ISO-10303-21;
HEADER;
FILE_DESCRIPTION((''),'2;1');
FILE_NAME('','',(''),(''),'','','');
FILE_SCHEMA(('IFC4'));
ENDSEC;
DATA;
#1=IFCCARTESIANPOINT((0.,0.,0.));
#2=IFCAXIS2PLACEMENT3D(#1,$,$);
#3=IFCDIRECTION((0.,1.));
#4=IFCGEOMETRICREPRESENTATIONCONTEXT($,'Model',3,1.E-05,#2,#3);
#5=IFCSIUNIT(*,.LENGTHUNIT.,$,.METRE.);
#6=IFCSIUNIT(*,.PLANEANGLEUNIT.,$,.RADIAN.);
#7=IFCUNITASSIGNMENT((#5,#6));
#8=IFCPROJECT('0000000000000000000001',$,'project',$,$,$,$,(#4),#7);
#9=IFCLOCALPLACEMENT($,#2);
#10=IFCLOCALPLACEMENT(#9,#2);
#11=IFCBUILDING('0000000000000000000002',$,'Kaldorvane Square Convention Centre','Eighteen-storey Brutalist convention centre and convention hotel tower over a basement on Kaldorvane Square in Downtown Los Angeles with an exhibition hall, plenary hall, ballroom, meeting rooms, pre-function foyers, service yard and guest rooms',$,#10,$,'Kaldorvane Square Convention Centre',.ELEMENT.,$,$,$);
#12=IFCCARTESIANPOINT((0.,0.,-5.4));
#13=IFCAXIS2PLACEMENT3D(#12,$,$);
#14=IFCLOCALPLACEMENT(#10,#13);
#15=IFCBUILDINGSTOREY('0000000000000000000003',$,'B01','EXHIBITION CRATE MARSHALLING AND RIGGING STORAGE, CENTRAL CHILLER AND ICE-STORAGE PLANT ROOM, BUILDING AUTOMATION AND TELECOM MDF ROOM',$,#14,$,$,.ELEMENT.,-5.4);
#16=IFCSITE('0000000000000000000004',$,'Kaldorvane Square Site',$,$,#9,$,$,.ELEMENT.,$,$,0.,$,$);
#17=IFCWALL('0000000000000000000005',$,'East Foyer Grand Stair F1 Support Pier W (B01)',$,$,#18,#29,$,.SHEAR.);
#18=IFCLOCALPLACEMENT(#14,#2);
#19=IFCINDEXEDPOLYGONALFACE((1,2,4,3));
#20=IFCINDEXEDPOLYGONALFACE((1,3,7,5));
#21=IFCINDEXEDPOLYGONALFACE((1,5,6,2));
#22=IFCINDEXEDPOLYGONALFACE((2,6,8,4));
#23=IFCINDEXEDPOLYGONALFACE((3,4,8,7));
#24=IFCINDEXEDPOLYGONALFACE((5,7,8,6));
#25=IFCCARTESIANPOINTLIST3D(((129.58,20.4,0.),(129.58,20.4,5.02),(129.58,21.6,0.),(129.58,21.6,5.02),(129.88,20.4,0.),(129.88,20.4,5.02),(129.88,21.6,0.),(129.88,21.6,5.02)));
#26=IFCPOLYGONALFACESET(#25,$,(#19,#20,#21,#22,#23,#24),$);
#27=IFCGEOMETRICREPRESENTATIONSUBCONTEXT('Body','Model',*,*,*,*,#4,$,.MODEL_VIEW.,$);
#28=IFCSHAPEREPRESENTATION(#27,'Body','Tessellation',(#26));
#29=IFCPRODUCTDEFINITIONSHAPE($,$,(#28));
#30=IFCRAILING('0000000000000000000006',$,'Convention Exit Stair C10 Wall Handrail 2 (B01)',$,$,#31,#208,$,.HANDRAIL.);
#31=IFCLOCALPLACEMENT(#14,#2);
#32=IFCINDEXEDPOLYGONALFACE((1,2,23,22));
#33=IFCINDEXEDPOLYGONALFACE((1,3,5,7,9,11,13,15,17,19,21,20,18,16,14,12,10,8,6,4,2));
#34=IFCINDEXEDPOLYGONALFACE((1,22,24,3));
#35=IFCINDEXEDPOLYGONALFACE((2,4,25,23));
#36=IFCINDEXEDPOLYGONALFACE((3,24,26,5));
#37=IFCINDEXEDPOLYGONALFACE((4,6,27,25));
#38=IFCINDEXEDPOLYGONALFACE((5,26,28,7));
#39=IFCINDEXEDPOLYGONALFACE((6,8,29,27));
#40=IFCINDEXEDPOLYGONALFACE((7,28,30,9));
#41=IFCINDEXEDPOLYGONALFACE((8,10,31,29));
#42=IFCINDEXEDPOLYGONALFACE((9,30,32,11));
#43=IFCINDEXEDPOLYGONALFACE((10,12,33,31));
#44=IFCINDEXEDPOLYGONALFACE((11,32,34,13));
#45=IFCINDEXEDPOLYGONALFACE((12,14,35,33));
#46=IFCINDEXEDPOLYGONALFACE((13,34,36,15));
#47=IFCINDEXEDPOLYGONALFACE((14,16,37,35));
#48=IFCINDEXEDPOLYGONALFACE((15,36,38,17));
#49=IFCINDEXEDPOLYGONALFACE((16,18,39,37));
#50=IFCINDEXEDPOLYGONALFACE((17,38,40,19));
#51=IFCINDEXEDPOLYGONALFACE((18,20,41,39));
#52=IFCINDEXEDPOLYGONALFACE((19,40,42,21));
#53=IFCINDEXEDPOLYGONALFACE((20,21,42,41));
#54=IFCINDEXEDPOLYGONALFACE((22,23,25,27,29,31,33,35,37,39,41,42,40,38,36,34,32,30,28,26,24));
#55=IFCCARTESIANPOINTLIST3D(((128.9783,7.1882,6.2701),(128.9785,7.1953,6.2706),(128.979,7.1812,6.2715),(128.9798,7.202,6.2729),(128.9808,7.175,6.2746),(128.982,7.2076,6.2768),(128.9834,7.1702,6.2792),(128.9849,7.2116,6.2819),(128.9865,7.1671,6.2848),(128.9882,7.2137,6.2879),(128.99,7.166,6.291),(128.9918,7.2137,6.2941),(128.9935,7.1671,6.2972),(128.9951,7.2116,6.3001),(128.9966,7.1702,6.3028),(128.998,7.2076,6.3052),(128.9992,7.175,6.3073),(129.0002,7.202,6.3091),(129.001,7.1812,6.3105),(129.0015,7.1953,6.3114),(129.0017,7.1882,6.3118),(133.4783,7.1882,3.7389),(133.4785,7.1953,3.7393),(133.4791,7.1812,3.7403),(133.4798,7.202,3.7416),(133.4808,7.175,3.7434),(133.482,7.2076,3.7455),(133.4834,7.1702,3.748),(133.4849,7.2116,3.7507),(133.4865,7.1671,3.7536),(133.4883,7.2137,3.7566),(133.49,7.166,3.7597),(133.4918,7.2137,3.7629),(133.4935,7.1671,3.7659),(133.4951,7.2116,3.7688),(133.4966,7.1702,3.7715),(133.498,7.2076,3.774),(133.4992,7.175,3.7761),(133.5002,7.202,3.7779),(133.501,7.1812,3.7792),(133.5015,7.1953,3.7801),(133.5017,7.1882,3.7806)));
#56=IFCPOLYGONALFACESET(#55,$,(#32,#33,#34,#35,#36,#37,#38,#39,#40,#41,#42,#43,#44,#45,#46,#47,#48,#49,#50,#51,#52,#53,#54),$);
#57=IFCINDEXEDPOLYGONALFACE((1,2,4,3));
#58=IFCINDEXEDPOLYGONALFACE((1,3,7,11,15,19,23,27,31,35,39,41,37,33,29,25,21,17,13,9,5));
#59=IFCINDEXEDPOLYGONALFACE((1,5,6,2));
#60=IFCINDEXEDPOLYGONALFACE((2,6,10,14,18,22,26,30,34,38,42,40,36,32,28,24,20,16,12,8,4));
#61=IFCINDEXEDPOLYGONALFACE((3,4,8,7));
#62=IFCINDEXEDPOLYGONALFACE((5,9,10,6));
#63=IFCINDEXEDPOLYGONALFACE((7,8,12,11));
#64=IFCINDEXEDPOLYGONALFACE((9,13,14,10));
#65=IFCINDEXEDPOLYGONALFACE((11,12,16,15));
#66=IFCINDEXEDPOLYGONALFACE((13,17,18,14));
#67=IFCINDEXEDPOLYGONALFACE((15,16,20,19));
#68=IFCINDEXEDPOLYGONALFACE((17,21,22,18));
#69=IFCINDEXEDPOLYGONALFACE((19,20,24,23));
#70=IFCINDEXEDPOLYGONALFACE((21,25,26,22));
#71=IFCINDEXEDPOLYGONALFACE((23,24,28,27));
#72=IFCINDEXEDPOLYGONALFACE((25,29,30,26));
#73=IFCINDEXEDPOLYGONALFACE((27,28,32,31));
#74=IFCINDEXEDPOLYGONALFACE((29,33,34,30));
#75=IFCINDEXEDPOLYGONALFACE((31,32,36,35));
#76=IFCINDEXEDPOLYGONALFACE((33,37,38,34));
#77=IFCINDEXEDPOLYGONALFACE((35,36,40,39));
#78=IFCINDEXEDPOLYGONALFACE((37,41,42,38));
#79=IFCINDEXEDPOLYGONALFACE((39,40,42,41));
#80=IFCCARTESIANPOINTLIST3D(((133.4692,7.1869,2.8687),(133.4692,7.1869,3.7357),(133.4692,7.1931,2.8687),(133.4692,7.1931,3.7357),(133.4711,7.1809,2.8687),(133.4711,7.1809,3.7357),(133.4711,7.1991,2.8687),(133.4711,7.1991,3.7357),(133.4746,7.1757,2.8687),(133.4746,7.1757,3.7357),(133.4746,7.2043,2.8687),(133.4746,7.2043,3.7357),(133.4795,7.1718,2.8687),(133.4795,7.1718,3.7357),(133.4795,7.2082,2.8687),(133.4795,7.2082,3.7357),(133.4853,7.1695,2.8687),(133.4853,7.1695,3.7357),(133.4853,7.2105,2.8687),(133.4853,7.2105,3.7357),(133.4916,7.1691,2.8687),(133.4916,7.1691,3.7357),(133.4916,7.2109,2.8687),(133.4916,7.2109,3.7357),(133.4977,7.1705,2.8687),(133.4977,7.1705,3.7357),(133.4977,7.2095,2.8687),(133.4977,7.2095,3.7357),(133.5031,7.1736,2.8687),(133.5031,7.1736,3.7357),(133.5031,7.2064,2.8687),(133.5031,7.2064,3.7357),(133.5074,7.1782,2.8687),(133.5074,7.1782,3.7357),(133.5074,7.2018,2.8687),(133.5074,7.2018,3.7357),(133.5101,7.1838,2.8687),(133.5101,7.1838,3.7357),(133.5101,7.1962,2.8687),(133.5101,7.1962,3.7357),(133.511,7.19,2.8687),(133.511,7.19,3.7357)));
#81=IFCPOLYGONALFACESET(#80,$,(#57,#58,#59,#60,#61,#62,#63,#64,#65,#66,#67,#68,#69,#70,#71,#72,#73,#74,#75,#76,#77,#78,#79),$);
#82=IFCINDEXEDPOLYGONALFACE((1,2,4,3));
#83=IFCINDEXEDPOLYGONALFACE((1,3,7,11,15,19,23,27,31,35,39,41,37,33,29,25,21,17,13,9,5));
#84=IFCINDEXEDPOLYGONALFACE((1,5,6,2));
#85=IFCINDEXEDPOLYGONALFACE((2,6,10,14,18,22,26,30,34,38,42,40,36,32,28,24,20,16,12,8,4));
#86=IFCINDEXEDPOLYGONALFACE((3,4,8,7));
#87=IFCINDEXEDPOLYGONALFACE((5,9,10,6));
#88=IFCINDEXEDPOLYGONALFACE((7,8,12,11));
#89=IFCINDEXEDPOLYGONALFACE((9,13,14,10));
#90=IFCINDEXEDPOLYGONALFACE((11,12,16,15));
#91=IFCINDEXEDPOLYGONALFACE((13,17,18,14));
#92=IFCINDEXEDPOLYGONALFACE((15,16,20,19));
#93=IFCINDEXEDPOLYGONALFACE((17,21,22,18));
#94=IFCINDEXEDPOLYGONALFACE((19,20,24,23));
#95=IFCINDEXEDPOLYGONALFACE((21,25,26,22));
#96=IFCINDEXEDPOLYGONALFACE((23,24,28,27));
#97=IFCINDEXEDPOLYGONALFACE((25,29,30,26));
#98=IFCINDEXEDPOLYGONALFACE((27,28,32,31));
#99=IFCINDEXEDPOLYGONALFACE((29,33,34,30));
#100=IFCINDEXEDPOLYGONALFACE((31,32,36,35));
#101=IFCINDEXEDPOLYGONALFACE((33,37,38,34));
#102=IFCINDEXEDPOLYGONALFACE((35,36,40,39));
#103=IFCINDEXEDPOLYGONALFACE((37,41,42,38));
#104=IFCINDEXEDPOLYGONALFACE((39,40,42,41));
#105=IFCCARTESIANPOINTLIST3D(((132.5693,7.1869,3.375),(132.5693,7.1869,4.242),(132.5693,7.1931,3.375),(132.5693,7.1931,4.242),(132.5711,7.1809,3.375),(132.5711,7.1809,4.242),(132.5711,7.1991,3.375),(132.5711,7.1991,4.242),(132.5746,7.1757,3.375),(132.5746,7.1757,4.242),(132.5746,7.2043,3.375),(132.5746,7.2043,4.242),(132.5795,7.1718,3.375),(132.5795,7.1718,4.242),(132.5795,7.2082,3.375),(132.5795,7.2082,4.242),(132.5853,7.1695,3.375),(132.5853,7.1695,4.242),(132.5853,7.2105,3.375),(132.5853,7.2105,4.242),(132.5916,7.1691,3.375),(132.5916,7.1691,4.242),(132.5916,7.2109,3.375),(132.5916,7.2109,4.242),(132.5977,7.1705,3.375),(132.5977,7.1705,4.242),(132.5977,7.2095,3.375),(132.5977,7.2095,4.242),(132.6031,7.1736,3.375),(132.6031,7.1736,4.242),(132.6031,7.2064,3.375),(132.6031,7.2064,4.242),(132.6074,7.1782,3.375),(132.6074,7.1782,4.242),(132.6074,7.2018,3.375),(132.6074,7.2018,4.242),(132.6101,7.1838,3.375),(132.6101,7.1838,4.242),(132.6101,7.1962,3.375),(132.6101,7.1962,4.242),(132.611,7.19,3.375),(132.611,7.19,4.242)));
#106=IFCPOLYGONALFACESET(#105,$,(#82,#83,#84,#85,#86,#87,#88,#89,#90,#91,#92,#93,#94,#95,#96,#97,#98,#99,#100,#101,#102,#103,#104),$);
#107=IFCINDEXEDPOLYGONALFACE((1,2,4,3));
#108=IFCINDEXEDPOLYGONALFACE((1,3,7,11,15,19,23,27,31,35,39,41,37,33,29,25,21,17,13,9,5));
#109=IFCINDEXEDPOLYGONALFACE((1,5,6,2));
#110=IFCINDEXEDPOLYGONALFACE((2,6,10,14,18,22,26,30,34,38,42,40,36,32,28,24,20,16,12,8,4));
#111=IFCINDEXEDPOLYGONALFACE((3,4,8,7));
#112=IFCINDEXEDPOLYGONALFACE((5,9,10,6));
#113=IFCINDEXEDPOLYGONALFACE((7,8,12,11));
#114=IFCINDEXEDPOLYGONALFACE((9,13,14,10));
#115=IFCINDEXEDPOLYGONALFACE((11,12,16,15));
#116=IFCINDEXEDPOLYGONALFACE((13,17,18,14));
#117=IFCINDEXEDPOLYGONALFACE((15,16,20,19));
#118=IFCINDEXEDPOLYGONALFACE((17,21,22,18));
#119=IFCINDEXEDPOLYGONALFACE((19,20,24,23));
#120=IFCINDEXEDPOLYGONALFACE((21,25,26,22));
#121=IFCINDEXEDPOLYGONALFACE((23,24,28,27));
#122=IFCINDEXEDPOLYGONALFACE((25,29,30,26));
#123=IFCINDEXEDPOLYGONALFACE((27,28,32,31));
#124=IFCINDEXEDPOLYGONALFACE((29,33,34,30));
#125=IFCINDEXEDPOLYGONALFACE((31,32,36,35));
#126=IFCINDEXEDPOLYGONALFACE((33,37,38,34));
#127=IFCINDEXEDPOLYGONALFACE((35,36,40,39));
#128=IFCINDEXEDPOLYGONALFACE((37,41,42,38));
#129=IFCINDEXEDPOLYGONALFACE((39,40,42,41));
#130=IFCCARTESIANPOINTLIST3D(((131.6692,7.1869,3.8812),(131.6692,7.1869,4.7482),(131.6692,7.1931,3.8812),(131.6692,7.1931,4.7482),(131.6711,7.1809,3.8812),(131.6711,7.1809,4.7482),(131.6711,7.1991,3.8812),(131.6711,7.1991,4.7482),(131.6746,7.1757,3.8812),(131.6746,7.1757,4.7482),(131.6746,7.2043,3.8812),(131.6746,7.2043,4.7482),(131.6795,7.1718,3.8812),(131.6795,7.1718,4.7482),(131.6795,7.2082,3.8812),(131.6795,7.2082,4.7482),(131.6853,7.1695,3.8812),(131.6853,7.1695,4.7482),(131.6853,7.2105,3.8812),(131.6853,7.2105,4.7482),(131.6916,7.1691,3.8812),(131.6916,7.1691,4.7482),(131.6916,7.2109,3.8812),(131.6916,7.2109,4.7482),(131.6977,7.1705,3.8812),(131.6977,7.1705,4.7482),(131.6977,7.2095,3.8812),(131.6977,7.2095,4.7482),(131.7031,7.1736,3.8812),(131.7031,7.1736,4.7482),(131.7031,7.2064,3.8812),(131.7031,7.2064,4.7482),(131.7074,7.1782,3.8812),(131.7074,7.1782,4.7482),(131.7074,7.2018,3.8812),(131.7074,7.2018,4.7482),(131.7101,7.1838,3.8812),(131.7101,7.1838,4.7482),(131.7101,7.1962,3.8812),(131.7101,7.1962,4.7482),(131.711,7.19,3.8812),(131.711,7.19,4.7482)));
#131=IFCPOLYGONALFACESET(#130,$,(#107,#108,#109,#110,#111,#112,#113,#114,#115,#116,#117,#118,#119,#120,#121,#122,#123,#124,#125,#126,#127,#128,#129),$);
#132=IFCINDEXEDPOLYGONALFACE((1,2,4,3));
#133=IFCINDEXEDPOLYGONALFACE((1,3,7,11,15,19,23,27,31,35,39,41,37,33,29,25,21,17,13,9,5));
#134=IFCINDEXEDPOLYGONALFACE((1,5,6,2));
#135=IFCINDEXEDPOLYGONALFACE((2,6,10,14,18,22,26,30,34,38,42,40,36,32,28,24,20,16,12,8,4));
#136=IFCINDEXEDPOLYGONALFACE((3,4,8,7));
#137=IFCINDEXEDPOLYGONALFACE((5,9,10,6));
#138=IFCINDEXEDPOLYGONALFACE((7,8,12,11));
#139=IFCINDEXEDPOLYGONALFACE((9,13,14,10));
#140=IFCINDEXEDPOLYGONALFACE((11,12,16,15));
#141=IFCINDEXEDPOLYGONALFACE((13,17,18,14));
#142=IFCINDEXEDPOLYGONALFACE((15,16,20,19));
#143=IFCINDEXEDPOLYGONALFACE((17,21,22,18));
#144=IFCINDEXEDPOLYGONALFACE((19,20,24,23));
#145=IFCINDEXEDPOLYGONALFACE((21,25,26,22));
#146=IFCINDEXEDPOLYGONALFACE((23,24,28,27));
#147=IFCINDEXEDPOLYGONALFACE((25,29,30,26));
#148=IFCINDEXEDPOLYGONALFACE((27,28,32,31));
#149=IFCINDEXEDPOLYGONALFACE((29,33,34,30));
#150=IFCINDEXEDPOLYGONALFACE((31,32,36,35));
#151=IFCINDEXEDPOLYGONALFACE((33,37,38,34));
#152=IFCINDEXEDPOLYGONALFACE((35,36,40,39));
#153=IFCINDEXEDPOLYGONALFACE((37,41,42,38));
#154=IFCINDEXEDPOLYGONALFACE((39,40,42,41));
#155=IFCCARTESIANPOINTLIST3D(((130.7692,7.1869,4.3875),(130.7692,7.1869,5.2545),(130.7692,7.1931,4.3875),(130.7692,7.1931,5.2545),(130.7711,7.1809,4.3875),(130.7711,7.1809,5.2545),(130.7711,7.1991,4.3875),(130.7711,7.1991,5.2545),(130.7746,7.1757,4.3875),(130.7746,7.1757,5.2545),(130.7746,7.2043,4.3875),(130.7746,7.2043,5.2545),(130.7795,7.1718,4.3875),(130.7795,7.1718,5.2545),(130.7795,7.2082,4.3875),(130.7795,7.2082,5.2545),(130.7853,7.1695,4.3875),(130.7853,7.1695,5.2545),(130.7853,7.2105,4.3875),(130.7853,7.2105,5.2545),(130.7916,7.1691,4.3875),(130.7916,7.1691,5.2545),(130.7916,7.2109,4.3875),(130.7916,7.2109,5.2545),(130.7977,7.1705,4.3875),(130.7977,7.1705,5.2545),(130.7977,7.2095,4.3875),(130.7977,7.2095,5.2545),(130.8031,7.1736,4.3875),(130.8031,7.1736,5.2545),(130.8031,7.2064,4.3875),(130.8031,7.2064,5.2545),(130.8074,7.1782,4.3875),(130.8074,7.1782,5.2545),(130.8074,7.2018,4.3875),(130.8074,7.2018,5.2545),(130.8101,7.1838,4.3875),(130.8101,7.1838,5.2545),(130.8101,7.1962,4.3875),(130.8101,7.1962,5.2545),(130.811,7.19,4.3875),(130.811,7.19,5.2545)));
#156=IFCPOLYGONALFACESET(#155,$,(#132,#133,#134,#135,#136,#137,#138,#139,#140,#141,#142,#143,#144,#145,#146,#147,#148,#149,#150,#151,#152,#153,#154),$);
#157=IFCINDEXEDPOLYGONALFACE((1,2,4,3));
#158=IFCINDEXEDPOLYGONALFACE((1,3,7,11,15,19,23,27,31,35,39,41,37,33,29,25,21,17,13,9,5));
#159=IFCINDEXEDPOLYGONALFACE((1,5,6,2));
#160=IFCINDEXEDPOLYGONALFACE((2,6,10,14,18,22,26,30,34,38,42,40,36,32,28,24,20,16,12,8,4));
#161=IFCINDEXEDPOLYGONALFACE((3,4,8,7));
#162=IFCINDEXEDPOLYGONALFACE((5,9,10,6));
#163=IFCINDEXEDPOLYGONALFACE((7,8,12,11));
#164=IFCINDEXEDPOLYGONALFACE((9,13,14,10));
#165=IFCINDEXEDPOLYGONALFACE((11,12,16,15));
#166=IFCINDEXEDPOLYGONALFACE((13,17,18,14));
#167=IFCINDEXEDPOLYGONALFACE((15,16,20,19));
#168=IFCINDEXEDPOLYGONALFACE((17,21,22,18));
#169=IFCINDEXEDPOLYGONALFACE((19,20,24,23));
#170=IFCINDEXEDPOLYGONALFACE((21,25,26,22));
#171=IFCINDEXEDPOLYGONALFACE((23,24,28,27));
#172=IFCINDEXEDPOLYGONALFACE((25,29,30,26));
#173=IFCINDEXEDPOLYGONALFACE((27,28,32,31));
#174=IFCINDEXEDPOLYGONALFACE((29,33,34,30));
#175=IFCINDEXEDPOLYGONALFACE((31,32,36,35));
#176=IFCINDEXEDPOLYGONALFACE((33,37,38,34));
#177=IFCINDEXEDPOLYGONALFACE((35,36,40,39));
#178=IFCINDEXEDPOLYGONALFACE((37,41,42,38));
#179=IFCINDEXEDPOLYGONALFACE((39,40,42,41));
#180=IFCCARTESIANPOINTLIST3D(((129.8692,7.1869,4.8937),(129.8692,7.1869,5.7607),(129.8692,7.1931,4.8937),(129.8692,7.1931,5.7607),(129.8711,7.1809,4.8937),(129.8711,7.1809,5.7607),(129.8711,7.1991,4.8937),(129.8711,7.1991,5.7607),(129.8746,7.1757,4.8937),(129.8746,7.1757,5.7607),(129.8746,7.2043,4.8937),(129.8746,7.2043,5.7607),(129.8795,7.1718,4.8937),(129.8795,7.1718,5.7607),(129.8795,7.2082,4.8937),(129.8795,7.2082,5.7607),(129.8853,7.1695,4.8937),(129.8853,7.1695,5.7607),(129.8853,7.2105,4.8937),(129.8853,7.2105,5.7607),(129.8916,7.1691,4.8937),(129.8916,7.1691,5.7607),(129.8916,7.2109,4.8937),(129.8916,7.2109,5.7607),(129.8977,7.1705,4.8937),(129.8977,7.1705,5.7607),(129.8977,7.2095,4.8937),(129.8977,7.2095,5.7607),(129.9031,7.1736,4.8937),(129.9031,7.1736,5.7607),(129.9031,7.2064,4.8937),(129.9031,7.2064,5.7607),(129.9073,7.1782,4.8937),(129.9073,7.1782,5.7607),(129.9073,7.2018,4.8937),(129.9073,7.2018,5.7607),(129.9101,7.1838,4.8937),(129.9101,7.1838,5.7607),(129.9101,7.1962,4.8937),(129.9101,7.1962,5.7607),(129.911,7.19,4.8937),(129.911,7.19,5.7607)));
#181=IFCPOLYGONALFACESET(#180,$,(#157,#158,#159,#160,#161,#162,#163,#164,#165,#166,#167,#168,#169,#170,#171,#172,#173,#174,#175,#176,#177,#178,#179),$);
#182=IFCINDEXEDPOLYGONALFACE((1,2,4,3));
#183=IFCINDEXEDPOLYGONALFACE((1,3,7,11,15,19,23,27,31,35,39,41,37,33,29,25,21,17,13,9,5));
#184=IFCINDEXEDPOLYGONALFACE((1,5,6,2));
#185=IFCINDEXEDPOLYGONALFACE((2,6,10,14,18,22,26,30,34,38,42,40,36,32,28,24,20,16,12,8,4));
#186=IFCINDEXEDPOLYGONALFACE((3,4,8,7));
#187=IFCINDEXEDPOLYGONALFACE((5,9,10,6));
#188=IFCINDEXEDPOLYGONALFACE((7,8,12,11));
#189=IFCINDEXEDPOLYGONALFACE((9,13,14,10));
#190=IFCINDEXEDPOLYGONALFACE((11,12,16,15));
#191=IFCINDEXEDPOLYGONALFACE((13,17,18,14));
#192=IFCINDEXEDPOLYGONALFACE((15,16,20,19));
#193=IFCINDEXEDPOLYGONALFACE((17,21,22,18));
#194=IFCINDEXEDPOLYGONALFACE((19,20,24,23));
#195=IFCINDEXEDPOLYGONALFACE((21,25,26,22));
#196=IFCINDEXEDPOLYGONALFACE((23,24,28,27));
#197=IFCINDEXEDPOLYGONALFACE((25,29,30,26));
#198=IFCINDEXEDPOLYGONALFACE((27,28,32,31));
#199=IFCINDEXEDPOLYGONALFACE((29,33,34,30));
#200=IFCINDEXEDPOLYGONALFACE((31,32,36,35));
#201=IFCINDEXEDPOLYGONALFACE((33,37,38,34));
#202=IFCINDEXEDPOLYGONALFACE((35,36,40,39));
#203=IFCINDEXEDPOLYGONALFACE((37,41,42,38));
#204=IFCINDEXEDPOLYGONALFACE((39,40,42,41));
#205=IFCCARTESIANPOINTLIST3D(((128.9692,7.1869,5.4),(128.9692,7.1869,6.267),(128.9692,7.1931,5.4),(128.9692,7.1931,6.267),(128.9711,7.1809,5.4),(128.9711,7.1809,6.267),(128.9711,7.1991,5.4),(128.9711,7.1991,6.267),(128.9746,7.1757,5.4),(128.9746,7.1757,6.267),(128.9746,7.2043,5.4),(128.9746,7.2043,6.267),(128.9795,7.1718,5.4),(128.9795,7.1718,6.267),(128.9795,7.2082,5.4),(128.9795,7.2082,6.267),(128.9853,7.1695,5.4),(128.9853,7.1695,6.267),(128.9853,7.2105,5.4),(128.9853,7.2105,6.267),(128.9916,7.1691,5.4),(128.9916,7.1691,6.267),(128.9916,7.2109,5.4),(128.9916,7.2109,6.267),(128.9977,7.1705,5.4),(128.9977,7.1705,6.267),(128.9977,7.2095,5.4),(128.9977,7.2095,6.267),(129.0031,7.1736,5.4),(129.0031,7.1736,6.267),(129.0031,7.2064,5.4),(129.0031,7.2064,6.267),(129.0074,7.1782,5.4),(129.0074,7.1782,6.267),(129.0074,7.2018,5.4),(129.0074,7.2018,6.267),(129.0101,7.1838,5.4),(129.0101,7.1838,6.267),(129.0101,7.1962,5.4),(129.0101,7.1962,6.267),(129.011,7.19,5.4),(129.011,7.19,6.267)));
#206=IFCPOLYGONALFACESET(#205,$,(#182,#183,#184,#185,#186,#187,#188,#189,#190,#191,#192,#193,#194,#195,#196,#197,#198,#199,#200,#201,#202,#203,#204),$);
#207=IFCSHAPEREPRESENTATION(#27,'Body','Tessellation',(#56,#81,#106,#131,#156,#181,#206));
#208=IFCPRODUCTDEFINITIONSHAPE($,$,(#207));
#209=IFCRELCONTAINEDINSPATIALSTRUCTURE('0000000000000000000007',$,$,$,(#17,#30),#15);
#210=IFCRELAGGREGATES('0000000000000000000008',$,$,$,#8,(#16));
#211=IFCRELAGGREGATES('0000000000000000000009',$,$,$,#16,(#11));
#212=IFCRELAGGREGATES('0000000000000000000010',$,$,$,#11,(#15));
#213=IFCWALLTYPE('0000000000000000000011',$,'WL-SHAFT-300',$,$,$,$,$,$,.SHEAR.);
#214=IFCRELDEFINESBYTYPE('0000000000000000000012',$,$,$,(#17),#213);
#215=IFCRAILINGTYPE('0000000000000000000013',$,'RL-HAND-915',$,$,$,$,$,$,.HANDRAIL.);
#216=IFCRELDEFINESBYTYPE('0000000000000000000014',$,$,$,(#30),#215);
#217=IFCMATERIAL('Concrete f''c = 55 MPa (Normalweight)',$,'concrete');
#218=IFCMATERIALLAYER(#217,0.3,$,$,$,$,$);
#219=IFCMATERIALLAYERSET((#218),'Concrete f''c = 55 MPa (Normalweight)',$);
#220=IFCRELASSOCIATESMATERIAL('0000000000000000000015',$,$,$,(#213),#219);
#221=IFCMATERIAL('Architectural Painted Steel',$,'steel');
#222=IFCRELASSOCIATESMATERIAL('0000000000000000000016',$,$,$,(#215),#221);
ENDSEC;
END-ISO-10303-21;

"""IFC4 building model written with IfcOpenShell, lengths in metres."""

from ifc_helpers import new_model, si_unit, direction, frame, frame_2d, origin, origin_2d, place, context, subcontext, project, spatial, rectangle, circle, extrude, material, layer, layer_set, type_object, element, save


model = new_model("IFC4")

# Units and contexts
model_context = context("Model", 3, precision=1e-05, world=origin(), true_north=direction((0.0, 1.0)))
body_context = subcontext(model_context, "Body", "Model", "MODEL_VIEW")
ifc_project = project(units=[si_unit("LENGTHUNIT", "METRE"), si_unit("PLANEANGLEUNIT", "RADIAN")], contexts=[model_context])

# Site, building, storey
site_placement = place(None, origin())
site = spatial("IfcSite", under=ifc_project, at=site_placement, Name="Kaldorvane Square Site", CompositionType="ELEMENT", RefElevation=0.0)
building_placement = place(site_placement, origin())
building = spatial("IfcBuilding", under=site, at=building_placement, Name="Kaldorvane Square Convention Centre", Description="Eighteen-storey Brutalist convention centre and convention hotel tower over a basement on Kaldorvane Square in Downtown Los Angeles with an exhibition hall, plenary hall, ballroom, meeting rooms, pre-function foyers, service yard and guest rooms", LongName="Kaldorvane Square Convention Centre", CompositionType="ELEMENT")
storey_placement = place(building_placement, frame((0.0, 0.0, -5.4)))
storey = spatial("IfcBuildingStorey", under=building, at=storey_placement, Name="B01", Description="EXHIBITION CRATE MARSHALLING AND RIGGING STORAGE, CENTRAL CHILLER AND ICE-STORAGE PLANT ROOM, BUILDING AUTOMATION AND TELECOM MDF ROOM", CompositionType="ELEMENT", Elevation=-5.4)

# Shared definitions
ifc_material_1 = material(Name="Concrete f'c = 55 MPa (Normalweight)", Category="concrete")
ifc_layer = layer(ifc_material_1, 0.3)
ifc_layer_set = layer_set([ifc_layer], Name="Concrete f'c = 55 MPa (Normalweight)")
wall_type = type_object("IfcWallType", Name="WL-SHAFT-300", PredefinedType="SHEAR", material=ifc_layer_set)

# Wall
wall_1_placement = place(storey_placement, frame((129.73, 20.4, 0.0), z_axis=(0.0, 0.0, 1.0), x_axis=(0.0, 1.0, 0.0)))
element("IfcWall", 1, at=wall_1_placement, inside=storey, type_object=wall_type, Name="East Foyer Grand Stair F1 Support Pier W (B01)", PredefinedType="SHEAR", context=body_context, shape_type="SweptSolid", body=[
    extrude(rectangle(XDim=1.2, YDim=0.3, at=frame_2d((0.6, 0.0))), origin(), (0.0, 0.0, 1.0), 5.02),
])

# Railing
ifc_material_2 = material(Name="Architectural Painted Steel", Category="steel")
railing_type = type_object("IfcRailingType", Name="RL-HAND-915", PredefinedType="HANDRAIL", material=ifc_material_2)
railing_placement = place(storey_placement, frame((133.49, 7.19, 2.8687)))
element("IfcRailing", 2, at=railing_placement, inside=storey, type_object=railing_type, Name="Convention Exit Stair C10 Wall Handrail 2 (B01)", PredefinedType="HANDRAIL", context=body_context, shape_type="SweptSolid", body=[
    extrude(circle(Radius=0.024, at=origin_2d()), frame((0.0, 0.0, 0.891), z_axis=(-0.871576, 0.0, 0.490261), x_axis=(0.0, -1.0, 0.0)), (0.0, 0.0, 1.0), 5.1631),
    extrude(circle(Radius=0.021, at=origin_2d()), origin(), (0.0, 0.0, 1.0), 0.867),
    extrude(circle(Radius=0.021, at=origin_2d()), frame((-0.9, 0.0, 0.5063)), (0.0, 0.0, 1.0), 0.867),
    extrude(circle(Radius=0.021, at=origin_2d()), frame((-1.8, 0.0, 1.0125)), (0.0, 0.0, 1.0), 0.867),
    extrude(circle(Radius=0.021, at=origin_2d()), frame((-2.7, 0.0, 1.5188)), (0.0, 0.0, 1.0), 0.867),
    extrude(circle(Radius=0.021, at=origin_2d()), frame((-3.6, 0.0, 2.025)), (0.0, 0.0, 1.0), 0.867),
    extrude(circle(Radius=0.021, at=origin_2d()), frame((-4.5, 0.0, 2.5312)), (0.0, 0.0, 1.0), 0.867),
])

save(model, "model.ifc")
